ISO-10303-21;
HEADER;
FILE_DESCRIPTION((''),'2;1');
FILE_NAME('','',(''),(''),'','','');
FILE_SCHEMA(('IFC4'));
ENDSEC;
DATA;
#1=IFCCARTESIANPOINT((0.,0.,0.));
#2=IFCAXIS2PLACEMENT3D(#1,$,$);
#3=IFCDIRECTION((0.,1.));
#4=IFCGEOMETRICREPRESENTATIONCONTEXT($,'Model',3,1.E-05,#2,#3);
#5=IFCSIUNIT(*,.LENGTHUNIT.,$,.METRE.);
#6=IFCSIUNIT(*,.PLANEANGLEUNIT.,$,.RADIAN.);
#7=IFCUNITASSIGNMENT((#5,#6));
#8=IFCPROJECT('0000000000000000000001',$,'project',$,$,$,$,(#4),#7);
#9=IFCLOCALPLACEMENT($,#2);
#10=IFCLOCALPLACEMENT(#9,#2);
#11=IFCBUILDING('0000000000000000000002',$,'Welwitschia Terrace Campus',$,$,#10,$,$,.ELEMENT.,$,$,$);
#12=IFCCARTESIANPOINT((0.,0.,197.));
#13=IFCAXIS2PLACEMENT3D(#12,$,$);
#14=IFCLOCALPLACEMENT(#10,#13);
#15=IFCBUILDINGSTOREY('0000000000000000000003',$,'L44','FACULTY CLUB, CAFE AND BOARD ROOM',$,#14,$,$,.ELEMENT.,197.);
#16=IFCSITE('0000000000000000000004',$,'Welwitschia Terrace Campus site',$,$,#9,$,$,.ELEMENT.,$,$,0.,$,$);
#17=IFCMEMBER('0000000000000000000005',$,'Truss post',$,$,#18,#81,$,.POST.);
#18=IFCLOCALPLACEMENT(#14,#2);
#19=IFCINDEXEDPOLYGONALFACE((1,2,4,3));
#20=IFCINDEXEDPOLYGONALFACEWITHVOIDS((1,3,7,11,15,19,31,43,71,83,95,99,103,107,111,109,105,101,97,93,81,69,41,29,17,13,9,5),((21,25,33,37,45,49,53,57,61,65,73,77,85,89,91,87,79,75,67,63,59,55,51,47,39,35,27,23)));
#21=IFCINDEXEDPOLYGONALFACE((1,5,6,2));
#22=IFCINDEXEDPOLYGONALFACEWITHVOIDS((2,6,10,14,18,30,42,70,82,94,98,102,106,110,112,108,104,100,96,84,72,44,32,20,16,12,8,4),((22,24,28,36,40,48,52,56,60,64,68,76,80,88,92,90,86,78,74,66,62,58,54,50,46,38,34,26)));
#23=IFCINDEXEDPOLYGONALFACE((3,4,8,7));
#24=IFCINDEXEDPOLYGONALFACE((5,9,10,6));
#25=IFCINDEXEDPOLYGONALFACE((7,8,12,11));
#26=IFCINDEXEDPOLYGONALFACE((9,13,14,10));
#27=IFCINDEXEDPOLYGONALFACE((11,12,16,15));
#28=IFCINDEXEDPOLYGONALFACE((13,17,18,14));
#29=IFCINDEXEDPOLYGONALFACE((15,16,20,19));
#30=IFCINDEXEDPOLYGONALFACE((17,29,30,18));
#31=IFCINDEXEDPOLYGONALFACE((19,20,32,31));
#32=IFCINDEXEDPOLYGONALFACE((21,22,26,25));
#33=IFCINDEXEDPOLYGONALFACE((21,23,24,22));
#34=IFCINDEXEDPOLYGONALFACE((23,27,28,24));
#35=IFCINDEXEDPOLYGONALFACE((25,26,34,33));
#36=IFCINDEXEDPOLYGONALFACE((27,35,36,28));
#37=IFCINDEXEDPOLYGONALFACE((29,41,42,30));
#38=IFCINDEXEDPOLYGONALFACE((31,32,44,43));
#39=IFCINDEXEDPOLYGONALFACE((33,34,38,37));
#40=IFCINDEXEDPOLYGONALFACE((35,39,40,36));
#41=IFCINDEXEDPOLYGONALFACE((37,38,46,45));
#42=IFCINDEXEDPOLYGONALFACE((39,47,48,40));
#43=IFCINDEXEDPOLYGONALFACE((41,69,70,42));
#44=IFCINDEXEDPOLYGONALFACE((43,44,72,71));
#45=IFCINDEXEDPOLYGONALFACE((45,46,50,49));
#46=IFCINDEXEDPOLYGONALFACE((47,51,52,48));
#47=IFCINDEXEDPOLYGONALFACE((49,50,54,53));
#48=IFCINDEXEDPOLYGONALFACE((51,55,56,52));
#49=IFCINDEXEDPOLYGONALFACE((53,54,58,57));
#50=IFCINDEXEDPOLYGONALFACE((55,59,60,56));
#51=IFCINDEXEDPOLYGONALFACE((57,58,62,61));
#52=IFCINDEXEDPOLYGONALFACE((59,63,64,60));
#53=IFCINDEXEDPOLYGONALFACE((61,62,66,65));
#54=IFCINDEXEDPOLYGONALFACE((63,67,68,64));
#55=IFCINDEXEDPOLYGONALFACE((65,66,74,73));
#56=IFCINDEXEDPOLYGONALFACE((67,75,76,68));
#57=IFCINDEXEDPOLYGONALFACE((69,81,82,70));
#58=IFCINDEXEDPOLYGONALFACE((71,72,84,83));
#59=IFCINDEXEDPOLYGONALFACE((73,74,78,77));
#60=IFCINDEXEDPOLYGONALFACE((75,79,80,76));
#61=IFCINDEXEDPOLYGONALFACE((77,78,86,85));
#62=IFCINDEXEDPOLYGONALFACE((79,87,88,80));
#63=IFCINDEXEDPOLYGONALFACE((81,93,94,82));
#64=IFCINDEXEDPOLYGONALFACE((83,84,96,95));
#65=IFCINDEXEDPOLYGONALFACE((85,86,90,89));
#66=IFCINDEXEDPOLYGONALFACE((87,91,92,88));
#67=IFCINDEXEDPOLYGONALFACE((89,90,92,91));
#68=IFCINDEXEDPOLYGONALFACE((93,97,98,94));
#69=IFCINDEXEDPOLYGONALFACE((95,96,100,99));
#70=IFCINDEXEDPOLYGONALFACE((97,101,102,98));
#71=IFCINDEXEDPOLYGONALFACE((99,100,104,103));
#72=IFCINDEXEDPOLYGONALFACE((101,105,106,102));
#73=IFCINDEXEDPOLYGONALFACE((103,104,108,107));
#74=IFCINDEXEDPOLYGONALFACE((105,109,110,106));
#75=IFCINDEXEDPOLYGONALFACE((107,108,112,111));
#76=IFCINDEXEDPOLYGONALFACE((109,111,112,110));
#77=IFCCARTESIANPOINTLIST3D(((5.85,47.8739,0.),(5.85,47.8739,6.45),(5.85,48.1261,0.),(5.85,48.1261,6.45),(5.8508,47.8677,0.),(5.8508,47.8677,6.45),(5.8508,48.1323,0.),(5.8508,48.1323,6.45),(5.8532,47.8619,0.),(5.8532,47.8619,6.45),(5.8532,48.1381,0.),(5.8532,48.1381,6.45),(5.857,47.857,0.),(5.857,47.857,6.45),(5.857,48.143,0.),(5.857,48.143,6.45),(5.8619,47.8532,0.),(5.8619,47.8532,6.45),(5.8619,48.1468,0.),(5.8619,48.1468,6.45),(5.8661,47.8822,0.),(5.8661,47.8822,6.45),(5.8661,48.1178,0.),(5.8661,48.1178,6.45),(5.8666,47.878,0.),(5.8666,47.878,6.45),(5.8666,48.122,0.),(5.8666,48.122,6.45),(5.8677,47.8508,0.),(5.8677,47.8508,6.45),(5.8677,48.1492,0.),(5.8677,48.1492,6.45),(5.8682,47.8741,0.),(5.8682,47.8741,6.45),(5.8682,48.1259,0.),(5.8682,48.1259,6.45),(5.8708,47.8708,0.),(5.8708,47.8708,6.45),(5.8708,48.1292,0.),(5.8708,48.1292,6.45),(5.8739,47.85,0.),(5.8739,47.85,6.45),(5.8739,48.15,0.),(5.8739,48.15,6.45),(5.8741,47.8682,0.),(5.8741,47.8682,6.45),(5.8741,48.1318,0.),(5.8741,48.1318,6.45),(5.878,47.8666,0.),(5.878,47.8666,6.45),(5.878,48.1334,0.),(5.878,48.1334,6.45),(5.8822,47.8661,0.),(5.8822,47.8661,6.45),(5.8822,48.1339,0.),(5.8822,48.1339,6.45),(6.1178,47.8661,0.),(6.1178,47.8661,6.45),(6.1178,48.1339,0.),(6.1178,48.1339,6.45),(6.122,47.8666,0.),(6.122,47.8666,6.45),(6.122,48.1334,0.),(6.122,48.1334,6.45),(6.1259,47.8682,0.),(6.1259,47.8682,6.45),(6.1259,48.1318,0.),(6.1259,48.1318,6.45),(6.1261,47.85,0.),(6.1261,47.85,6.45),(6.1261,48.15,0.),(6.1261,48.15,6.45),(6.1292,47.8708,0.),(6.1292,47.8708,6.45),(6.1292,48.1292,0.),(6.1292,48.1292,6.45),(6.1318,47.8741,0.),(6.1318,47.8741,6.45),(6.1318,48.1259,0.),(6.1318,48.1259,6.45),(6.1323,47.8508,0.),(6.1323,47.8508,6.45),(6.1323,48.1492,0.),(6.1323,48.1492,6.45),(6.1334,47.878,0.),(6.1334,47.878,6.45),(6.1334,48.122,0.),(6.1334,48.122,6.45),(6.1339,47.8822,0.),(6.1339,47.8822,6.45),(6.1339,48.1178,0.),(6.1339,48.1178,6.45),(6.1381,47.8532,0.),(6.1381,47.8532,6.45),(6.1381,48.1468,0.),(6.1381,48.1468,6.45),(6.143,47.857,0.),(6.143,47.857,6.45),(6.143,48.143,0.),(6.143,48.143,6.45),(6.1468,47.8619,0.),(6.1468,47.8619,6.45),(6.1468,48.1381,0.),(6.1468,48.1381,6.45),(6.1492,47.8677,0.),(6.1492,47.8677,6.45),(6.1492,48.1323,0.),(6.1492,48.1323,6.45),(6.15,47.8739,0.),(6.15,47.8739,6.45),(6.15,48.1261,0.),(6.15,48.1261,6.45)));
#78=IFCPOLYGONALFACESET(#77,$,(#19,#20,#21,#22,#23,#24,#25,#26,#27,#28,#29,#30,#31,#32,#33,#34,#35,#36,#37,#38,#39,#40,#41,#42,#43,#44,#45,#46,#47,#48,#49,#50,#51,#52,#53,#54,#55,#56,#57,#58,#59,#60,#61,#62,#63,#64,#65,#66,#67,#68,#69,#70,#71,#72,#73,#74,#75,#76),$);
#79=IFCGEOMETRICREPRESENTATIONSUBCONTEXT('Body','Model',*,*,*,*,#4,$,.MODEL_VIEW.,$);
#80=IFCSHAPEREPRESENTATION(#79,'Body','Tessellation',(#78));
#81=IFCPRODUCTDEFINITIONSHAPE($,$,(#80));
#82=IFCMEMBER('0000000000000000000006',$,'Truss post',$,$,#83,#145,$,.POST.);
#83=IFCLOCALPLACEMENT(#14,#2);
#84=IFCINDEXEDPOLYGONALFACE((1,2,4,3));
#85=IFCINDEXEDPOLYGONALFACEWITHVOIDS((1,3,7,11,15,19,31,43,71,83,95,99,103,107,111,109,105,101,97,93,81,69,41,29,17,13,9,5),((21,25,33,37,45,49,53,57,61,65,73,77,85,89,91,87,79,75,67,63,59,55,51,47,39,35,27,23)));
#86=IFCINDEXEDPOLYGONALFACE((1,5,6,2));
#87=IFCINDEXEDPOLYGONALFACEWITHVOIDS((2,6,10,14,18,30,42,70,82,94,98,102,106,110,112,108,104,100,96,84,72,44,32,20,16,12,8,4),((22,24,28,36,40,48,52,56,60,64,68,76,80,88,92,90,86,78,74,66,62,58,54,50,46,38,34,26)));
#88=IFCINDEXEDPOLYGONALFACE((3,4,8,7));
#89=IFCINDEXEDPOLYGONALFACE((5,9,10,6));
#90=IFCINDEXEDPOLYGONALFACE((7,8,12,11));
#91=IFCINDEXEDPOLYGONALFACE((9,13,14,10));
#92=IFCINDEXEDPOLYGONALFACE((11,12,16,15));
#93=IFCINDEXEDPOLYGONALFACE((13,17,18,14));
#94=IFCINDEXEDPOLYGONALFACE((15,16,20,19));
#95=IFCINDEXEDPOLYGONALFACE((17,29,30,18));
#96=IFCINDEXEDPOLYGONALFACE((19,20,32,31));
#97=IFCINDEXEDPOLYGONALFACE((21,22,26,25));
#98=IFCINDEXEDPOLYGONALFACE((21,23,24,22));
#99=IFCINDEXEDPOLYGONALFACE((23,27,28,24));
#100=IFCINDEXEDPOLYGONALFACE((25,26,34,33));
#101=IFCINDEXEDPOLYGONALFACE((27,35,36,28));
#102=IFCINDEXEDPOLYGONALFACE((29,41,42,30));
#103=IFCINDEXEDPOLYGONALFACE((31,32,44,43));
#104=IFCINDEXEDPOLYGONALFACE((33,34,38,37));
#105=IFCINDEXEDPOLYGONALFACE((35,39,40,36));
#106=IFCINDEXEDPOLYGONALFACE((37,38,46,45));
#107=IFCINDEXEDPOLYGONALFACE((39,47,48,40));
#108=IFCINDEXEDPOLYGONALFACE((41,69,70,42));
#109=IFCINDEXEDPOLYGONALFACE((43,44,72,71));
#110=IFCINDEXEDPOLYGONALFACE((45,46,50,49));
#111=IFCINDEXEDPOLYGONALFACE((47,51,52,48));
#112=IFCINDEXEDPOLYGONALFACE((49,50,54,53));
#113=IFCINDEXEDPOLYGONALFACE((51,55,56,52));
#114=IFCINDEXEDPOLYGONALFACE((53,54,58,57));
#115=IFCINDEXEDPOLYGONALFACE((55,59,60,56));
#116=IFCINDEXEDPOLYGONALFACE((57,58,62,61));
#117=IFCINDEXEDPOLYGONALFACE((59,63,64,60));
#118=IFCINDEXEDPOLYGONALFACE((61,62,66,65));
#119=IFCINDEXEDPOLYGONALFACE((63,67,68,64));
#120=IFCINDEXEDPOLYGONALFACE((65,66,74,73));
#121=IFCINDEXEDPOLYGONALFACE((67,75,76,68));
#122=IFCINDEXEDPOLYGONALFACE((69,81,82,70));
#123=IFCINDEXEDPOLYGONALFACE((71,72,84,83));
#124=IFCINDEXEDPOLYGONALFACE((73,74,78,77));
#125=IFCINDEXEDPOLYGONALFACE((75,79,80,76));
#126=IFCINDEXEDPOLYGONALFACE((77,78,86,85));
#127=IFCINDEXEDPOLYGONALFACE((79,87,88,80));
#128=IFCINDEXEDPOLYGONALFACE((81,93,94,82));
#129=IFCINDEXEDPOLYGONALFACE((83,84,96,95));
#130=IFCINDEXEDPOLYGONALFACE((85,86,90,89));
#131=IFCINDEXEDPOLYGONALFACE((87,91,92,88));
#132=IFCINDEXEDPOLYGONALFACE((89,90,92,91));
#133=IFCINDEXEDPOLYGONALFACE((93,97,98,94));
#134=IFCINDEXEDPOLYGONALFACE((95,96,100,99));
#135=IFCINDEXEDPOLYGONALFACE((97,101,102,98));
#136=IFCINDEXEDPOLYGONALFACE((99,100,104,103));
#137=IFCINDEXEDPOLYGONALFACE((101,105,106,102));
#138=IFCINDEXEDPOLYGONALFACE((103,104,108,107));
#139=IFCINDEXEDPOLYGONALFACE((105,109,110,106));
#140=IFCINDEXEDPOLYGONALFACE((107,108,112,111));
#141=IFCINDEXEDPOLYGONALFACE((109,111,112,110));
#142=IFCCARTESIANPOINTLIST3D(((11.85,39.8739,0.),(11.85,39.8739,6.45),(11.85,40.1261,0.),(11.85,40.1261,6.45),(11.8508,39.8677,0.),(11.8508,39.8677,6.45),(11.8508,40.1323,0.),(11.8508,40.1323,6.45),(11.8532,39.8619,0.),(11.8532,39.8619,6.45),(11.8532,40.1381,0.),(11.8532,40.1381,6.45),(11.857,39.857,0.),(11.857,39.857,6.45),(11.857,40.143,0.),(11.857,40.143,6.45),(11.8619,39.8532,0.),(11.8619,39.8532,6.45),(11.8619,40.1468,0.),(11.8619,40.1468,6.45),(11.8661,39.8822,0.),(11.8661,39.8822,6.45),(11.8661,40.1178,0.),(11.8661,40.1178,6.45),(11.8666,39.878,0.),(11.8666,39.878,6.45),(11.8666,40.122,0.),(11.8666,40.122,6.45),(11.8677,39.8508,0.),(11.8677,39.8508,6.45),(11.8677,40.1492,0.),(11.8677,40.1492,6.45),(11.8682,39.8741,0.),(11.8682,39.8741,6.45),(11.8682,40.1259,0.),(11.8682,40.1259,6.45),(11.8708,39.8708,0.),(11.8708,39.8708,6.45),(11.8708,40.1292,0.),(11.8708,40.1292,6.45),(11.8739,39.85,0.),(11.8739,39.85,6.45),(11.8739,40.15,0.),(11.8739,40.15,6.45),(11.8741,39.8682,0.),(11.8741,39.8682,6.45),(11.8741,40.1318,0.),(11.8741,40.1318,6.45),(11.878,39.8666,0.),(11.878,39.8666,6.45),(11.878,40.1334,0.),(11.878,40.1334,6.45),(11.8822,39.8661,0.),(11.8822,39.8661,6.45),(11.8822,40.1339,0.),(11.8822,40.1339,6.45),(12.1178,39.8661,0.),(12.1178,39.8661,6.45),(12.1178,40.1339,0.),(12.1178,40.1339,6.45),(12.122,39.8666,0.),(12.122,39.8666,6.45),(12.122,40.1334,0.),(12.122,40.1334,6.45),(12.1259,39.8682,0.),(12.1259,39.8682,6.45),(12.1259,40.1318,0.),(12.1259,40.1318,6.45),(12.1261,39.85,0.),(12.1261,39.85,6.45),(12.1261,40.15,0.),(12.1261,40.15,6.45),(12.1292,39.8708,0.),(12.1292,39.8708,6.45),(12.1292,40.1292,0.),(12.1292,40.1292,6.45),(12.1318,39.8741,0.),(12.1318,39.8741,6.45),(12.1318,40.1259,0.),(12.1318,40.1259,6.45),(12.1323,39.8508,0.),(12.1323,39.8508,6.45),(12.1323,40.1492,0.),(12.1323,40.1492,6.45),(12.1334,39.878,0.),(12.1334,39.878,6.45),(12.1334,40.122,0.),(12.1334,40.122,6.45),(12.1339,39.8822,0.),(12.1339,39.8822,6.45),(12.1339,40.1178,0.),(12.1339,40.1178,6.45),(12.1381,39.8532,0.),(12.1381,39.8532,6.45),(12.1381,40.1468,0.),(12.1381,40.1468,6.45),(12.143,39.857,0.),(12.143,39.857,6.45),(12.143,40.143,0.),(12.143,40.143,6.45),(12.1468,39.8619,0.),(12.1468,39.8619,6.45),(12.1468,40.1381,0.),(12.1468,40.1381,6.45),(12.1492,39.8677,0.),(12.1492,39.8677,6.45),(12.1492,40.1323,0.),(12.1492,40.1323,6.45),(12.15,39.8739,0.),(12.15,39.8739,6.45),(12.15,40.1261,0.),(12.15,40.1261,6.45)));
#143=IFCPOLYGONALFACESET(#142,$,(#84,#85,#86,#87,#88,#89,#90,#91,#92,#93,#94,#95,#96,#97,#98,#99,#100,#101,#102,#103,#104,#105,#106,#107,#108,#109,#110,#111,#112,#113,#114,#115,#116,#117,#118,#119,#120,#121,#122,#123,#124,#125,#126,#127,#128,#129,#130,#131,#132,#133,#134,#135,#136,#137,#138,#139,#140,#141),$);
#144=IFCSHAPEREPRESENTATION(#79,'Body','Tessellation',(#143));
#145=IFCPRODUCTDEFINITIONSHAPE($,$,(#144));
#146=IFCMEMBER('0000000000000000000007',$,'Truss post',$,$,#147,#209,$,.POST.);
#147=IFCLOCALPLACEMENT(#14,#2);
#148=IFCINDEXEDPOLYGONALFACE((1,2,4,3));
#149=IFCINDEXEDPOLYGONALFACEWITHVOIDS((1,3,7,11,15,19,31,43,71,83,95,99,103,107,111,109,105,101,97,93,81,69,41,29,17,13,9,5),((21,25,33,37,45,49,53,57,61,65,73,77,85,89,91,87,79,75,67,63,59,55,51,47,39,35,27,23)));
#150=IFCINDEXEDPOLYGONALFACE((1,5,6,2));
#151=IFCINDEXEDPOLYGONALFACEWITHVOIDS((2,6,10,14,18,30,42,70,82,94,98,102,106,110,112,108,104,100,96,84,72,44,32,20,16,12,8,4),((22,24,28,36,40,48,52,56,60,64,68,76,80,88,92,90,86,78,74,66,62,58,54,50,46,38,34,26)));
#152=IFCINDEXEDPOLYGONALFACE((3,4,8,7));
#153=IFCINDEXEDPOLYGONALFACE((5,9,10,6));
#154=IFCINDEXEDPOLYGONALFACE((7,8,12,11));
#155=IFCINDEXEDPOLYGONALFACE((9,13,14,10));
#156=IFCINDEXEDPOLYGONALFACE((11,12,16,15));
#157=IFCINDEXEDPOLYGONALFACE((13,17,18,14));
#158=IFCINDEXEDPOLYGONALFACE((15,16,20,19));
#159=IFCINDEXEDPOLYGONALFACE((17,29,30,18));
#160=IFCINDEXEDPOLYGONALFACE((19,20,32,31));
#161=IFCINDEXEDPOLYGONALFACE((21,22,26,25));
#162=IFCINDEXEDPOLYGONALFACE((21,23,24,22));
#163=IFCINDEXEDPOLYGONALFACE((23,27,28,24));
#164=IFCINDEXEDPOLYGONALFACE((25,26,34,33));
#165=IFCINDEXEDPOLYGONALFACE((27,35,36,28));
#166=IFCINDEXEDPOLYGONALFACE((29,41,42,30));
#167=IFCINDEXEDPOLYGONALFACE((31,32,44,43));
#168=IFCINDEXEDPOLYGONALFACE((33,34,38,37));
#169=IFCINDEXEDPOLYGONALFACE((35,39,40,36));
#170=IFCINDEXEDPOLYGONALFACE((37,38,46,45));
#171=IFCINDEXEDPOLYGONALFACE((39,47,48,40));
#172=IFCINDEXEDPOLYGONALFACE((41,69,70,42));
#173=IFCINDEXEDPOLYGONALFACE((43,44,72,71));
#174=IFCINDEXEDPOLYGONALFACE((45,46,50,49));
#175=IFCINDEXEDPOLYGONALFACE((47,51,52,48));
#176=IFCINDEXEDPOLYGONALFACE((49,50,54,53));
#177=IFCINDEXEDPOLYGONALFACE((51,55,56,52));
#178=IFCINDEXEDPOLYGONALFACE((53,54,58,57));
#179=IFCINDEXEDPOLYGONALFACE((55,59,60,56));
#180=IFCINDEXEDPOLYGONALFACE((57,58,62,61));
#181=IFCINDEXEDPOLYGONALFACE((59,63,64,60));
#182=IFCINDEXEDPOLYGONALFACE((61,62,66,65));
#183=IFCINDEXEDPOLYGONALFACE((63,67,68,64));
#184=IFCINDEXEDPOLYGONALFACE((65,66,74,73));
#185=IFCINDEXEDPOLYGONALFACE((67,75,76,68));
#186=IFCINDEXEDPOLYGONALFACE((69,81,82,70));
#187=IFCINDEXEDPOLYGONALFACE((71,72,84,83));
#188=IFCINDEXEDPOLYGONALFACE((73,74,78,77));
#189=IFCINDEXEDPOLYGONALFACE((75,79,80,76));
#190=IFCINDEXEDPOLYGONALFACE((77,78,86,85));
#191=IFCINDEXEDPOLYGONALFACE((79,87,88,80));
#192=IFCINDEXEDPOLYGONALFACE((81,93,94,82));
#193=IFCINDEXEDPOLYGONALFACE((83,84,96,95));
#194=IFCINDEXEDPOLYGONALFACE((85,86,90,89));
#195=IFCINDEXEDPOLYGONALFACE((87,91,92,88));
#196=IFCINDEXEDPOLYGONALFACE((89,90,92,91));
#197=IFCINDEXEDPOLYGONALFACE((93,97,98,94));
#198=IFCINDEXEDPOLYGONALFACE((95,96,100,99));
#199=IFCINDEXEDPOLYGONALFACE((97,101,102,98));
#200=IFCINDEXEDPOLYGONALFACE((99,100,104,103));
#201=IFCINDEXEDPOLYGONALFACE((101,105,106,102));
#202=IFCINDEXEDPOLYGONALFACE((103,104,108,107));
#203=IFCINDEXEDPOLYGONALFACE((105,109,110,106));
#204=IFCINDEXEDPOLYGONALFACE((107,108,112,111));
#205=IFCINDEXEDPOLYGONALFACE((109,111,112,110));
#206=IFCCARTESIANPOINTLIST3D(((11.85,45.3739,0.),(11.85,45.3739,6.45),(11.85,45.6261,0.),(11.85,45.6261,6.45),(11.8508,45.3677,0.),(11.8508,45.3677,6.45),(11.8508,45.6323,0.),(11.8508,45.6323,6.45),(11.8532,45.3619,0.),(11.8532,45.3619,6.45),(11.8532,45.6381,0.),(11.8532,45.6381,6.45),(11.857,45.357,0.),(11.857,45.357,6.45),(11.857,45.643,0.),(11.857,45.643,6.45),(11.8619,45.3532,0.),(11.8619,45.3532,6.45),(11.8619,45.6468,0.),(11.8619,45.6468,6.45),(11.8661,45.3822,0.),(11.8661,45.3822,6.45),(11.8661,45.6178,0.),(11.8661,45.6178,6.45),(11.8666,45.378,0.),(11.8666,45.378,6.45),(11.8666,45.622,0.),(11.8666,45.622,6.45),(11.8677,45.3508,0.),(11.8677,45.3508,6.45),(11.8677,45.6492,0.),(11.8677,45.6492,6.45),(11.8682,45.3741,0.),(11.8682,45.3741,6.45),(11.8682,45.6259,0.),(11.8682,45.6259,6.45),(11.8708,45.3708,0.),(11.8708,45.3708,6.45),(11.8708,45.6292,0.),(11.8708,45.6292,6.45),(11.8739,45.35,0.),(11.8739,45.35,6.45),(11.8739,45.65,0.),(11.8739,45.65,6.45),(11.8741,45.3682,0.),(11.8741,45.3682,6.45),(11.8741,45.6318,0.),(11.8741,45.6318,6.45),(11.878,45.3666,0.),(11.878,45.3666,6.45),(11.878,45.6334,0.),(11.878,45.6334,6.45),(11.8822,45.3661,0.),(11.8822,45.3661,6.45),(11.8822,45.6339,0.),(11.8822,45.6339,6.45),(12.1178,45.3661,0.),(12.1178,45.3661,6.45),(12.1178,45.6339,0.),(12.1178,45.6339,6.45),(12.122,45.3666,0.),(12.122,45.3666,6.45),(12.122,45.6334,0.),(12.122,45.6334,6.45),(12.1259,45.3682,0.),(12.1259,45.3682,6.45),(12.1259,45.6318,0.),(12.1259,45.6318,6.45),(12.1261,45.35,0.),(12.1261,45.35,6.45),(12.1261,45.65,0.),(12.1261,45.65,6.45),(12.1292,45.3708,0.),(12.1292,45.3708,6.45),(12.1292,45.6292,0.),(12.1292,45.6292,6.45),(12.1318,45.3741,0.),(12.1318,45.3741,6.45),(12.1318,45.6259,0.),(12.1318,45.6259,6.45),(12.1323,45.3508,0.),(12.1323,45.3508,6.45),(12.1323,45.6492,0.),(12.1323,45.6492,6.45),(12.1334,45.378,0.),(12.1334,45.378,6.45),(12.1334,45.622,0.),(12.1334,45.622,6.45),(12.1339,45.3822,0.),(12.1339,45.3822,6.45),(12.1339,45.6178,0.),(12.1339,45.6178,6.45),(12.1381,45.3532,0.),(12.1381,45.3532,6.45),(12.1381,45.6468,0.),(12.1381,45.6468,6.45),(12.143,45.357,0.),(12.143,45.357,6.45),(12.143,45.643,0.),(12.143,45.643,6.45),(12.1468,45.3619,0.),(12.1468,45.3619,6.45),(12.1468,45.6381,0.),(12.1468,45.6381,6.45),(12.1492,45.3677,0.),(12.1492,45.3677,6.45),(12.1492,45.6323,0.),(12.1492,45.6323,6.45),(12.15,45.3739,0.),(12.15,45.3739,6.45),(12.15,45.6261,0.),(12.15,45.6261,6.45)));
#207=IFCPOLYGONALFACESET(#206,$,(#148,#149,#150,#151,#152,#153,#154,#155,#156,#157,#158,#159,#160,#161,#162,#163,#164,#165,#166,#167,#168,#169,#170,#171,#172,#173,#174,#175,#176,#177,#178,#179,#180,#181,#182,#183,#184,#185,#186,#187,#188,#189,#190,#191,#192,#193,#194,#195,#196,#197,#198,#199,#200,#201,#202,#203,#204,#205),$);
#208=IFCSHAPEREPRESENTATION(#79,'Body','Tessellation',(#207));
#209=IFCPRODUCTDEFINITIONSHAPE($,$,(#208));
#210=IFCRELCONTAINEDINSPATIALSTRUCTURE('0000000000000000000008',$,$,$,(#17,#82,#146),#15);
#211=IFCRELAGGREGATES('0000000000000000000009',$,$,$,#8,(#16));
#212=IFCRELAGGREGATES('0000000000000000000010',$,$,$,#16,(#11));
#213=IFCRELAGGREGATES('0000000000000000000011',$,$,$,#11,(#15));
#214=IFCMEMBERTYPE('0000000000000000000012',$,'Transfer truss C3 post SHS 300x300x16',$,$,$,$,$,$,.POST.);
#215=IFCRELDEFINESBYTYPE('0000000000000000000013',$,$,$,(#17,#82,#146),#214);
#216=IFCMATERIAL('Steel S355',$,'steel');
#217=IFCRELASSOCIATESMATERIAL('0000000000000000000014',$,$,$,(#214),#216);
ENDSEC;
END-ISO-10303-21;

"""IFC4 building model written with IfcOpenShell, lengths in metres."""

from ifc_helpers import new_model, si_unit, direction, frame, origin, origin_2d, place, context, subcontext, project, spatial, hollow_rectangle, extrude, material, material_profile, profile_set, type_object, element, save


model = new_model("IFC4")

# Units and contexts
model_context = context("Model", 3, precision=1e-05, world=origin(), true_north=direction((0.0, 1.0)))
body_context = subcontext(model_context, "Body", "Model", "MODEL_VIEW")
ifc_project = project(units=[si_unit("LENGTHUNIT", "METRE"), si_unit("PLANEANGLEUNIT", "RADIAN")], contexts=[model_context])

# Site, building, storey
site_placement = place(None, origin())
site = spatial("IfcSite", under=ifc_project, at=site_placement, Name="Welwitschia Terrace Campus site", CompositionType="ELEMENT", RefElevation=0.0)
building_placement = place(site_placement, origin())
building = spatial("IfcBuilding", under=site, at=building_placement, Name="Welwitschia Terrace Campus", CompositionType="ELEMENT")
storey_placement = place(building_placement, frame((0.0, 0.0, 197.0)))
storey = spatial("IfcBuildingStorey", under=building, at=storey_placement, Name="L44", Description="FACULTY CLUB, CAFE AND BOARD ROOM", CompositionType="ELEMENT", Elevation=197.0)

# Members
ifc_material_1 = material(Name="Steel S355", Category="steel")
ifc_material_profile_1 = material_profile(ifc_material_1, hollow_rectangle(XDim=0.3, YDim=0.3, WallThickness=0.0161, InnerFilletRadius=0.0161, OuterFilletRadius=0.0239, at=origin_2d()))
ifc_profile_set_1 = profile_set([ifc_material_profile_1], Name="Steel S355")
member_type_1 = type_object("IfcMemberType", Name="Transfer truss C3 post SHS 300x300x16", PredefinedType="POST", material=ifc_profile_set_1)
for number, where, z_axis, x_axis, name in (
    (1, (6.0, 48.0, 0.0), (0.0, 0.0, 1.0), (1.0, 0.0, 0.0), "Truss post"),
    (2, (12.0, 40.0, 0.0), (0.0, 0.0, 1.0), (1.0, 0.0, 0.0), "Truss post"),
    (3, (12.0, 45.5, 0.0), (0.0, 0.0, 1.0), (1.0, 0.0, 0.0), "Truss post"),
):
    element("IfcMember", number, at=place(storey_placement, frame(where, z_axis=z_axis, x_axis=x_axis)), inside=storey, type_object=member_type_1, Name=name, PredefinedType="POST", context=body_context, shape_type="SweptSolid", body=[
        extrude(hollow_rectangle(XDim=0.3, YDim=0.3, WallThickness=0.0161, InnerFilletRadius=0.0161, OuterFilletRadius=0.0239, at=origin_2d()), origin(), (0.0, 0.0, 1.0), 6.45),
    ])

save(model, "model.ifc")
